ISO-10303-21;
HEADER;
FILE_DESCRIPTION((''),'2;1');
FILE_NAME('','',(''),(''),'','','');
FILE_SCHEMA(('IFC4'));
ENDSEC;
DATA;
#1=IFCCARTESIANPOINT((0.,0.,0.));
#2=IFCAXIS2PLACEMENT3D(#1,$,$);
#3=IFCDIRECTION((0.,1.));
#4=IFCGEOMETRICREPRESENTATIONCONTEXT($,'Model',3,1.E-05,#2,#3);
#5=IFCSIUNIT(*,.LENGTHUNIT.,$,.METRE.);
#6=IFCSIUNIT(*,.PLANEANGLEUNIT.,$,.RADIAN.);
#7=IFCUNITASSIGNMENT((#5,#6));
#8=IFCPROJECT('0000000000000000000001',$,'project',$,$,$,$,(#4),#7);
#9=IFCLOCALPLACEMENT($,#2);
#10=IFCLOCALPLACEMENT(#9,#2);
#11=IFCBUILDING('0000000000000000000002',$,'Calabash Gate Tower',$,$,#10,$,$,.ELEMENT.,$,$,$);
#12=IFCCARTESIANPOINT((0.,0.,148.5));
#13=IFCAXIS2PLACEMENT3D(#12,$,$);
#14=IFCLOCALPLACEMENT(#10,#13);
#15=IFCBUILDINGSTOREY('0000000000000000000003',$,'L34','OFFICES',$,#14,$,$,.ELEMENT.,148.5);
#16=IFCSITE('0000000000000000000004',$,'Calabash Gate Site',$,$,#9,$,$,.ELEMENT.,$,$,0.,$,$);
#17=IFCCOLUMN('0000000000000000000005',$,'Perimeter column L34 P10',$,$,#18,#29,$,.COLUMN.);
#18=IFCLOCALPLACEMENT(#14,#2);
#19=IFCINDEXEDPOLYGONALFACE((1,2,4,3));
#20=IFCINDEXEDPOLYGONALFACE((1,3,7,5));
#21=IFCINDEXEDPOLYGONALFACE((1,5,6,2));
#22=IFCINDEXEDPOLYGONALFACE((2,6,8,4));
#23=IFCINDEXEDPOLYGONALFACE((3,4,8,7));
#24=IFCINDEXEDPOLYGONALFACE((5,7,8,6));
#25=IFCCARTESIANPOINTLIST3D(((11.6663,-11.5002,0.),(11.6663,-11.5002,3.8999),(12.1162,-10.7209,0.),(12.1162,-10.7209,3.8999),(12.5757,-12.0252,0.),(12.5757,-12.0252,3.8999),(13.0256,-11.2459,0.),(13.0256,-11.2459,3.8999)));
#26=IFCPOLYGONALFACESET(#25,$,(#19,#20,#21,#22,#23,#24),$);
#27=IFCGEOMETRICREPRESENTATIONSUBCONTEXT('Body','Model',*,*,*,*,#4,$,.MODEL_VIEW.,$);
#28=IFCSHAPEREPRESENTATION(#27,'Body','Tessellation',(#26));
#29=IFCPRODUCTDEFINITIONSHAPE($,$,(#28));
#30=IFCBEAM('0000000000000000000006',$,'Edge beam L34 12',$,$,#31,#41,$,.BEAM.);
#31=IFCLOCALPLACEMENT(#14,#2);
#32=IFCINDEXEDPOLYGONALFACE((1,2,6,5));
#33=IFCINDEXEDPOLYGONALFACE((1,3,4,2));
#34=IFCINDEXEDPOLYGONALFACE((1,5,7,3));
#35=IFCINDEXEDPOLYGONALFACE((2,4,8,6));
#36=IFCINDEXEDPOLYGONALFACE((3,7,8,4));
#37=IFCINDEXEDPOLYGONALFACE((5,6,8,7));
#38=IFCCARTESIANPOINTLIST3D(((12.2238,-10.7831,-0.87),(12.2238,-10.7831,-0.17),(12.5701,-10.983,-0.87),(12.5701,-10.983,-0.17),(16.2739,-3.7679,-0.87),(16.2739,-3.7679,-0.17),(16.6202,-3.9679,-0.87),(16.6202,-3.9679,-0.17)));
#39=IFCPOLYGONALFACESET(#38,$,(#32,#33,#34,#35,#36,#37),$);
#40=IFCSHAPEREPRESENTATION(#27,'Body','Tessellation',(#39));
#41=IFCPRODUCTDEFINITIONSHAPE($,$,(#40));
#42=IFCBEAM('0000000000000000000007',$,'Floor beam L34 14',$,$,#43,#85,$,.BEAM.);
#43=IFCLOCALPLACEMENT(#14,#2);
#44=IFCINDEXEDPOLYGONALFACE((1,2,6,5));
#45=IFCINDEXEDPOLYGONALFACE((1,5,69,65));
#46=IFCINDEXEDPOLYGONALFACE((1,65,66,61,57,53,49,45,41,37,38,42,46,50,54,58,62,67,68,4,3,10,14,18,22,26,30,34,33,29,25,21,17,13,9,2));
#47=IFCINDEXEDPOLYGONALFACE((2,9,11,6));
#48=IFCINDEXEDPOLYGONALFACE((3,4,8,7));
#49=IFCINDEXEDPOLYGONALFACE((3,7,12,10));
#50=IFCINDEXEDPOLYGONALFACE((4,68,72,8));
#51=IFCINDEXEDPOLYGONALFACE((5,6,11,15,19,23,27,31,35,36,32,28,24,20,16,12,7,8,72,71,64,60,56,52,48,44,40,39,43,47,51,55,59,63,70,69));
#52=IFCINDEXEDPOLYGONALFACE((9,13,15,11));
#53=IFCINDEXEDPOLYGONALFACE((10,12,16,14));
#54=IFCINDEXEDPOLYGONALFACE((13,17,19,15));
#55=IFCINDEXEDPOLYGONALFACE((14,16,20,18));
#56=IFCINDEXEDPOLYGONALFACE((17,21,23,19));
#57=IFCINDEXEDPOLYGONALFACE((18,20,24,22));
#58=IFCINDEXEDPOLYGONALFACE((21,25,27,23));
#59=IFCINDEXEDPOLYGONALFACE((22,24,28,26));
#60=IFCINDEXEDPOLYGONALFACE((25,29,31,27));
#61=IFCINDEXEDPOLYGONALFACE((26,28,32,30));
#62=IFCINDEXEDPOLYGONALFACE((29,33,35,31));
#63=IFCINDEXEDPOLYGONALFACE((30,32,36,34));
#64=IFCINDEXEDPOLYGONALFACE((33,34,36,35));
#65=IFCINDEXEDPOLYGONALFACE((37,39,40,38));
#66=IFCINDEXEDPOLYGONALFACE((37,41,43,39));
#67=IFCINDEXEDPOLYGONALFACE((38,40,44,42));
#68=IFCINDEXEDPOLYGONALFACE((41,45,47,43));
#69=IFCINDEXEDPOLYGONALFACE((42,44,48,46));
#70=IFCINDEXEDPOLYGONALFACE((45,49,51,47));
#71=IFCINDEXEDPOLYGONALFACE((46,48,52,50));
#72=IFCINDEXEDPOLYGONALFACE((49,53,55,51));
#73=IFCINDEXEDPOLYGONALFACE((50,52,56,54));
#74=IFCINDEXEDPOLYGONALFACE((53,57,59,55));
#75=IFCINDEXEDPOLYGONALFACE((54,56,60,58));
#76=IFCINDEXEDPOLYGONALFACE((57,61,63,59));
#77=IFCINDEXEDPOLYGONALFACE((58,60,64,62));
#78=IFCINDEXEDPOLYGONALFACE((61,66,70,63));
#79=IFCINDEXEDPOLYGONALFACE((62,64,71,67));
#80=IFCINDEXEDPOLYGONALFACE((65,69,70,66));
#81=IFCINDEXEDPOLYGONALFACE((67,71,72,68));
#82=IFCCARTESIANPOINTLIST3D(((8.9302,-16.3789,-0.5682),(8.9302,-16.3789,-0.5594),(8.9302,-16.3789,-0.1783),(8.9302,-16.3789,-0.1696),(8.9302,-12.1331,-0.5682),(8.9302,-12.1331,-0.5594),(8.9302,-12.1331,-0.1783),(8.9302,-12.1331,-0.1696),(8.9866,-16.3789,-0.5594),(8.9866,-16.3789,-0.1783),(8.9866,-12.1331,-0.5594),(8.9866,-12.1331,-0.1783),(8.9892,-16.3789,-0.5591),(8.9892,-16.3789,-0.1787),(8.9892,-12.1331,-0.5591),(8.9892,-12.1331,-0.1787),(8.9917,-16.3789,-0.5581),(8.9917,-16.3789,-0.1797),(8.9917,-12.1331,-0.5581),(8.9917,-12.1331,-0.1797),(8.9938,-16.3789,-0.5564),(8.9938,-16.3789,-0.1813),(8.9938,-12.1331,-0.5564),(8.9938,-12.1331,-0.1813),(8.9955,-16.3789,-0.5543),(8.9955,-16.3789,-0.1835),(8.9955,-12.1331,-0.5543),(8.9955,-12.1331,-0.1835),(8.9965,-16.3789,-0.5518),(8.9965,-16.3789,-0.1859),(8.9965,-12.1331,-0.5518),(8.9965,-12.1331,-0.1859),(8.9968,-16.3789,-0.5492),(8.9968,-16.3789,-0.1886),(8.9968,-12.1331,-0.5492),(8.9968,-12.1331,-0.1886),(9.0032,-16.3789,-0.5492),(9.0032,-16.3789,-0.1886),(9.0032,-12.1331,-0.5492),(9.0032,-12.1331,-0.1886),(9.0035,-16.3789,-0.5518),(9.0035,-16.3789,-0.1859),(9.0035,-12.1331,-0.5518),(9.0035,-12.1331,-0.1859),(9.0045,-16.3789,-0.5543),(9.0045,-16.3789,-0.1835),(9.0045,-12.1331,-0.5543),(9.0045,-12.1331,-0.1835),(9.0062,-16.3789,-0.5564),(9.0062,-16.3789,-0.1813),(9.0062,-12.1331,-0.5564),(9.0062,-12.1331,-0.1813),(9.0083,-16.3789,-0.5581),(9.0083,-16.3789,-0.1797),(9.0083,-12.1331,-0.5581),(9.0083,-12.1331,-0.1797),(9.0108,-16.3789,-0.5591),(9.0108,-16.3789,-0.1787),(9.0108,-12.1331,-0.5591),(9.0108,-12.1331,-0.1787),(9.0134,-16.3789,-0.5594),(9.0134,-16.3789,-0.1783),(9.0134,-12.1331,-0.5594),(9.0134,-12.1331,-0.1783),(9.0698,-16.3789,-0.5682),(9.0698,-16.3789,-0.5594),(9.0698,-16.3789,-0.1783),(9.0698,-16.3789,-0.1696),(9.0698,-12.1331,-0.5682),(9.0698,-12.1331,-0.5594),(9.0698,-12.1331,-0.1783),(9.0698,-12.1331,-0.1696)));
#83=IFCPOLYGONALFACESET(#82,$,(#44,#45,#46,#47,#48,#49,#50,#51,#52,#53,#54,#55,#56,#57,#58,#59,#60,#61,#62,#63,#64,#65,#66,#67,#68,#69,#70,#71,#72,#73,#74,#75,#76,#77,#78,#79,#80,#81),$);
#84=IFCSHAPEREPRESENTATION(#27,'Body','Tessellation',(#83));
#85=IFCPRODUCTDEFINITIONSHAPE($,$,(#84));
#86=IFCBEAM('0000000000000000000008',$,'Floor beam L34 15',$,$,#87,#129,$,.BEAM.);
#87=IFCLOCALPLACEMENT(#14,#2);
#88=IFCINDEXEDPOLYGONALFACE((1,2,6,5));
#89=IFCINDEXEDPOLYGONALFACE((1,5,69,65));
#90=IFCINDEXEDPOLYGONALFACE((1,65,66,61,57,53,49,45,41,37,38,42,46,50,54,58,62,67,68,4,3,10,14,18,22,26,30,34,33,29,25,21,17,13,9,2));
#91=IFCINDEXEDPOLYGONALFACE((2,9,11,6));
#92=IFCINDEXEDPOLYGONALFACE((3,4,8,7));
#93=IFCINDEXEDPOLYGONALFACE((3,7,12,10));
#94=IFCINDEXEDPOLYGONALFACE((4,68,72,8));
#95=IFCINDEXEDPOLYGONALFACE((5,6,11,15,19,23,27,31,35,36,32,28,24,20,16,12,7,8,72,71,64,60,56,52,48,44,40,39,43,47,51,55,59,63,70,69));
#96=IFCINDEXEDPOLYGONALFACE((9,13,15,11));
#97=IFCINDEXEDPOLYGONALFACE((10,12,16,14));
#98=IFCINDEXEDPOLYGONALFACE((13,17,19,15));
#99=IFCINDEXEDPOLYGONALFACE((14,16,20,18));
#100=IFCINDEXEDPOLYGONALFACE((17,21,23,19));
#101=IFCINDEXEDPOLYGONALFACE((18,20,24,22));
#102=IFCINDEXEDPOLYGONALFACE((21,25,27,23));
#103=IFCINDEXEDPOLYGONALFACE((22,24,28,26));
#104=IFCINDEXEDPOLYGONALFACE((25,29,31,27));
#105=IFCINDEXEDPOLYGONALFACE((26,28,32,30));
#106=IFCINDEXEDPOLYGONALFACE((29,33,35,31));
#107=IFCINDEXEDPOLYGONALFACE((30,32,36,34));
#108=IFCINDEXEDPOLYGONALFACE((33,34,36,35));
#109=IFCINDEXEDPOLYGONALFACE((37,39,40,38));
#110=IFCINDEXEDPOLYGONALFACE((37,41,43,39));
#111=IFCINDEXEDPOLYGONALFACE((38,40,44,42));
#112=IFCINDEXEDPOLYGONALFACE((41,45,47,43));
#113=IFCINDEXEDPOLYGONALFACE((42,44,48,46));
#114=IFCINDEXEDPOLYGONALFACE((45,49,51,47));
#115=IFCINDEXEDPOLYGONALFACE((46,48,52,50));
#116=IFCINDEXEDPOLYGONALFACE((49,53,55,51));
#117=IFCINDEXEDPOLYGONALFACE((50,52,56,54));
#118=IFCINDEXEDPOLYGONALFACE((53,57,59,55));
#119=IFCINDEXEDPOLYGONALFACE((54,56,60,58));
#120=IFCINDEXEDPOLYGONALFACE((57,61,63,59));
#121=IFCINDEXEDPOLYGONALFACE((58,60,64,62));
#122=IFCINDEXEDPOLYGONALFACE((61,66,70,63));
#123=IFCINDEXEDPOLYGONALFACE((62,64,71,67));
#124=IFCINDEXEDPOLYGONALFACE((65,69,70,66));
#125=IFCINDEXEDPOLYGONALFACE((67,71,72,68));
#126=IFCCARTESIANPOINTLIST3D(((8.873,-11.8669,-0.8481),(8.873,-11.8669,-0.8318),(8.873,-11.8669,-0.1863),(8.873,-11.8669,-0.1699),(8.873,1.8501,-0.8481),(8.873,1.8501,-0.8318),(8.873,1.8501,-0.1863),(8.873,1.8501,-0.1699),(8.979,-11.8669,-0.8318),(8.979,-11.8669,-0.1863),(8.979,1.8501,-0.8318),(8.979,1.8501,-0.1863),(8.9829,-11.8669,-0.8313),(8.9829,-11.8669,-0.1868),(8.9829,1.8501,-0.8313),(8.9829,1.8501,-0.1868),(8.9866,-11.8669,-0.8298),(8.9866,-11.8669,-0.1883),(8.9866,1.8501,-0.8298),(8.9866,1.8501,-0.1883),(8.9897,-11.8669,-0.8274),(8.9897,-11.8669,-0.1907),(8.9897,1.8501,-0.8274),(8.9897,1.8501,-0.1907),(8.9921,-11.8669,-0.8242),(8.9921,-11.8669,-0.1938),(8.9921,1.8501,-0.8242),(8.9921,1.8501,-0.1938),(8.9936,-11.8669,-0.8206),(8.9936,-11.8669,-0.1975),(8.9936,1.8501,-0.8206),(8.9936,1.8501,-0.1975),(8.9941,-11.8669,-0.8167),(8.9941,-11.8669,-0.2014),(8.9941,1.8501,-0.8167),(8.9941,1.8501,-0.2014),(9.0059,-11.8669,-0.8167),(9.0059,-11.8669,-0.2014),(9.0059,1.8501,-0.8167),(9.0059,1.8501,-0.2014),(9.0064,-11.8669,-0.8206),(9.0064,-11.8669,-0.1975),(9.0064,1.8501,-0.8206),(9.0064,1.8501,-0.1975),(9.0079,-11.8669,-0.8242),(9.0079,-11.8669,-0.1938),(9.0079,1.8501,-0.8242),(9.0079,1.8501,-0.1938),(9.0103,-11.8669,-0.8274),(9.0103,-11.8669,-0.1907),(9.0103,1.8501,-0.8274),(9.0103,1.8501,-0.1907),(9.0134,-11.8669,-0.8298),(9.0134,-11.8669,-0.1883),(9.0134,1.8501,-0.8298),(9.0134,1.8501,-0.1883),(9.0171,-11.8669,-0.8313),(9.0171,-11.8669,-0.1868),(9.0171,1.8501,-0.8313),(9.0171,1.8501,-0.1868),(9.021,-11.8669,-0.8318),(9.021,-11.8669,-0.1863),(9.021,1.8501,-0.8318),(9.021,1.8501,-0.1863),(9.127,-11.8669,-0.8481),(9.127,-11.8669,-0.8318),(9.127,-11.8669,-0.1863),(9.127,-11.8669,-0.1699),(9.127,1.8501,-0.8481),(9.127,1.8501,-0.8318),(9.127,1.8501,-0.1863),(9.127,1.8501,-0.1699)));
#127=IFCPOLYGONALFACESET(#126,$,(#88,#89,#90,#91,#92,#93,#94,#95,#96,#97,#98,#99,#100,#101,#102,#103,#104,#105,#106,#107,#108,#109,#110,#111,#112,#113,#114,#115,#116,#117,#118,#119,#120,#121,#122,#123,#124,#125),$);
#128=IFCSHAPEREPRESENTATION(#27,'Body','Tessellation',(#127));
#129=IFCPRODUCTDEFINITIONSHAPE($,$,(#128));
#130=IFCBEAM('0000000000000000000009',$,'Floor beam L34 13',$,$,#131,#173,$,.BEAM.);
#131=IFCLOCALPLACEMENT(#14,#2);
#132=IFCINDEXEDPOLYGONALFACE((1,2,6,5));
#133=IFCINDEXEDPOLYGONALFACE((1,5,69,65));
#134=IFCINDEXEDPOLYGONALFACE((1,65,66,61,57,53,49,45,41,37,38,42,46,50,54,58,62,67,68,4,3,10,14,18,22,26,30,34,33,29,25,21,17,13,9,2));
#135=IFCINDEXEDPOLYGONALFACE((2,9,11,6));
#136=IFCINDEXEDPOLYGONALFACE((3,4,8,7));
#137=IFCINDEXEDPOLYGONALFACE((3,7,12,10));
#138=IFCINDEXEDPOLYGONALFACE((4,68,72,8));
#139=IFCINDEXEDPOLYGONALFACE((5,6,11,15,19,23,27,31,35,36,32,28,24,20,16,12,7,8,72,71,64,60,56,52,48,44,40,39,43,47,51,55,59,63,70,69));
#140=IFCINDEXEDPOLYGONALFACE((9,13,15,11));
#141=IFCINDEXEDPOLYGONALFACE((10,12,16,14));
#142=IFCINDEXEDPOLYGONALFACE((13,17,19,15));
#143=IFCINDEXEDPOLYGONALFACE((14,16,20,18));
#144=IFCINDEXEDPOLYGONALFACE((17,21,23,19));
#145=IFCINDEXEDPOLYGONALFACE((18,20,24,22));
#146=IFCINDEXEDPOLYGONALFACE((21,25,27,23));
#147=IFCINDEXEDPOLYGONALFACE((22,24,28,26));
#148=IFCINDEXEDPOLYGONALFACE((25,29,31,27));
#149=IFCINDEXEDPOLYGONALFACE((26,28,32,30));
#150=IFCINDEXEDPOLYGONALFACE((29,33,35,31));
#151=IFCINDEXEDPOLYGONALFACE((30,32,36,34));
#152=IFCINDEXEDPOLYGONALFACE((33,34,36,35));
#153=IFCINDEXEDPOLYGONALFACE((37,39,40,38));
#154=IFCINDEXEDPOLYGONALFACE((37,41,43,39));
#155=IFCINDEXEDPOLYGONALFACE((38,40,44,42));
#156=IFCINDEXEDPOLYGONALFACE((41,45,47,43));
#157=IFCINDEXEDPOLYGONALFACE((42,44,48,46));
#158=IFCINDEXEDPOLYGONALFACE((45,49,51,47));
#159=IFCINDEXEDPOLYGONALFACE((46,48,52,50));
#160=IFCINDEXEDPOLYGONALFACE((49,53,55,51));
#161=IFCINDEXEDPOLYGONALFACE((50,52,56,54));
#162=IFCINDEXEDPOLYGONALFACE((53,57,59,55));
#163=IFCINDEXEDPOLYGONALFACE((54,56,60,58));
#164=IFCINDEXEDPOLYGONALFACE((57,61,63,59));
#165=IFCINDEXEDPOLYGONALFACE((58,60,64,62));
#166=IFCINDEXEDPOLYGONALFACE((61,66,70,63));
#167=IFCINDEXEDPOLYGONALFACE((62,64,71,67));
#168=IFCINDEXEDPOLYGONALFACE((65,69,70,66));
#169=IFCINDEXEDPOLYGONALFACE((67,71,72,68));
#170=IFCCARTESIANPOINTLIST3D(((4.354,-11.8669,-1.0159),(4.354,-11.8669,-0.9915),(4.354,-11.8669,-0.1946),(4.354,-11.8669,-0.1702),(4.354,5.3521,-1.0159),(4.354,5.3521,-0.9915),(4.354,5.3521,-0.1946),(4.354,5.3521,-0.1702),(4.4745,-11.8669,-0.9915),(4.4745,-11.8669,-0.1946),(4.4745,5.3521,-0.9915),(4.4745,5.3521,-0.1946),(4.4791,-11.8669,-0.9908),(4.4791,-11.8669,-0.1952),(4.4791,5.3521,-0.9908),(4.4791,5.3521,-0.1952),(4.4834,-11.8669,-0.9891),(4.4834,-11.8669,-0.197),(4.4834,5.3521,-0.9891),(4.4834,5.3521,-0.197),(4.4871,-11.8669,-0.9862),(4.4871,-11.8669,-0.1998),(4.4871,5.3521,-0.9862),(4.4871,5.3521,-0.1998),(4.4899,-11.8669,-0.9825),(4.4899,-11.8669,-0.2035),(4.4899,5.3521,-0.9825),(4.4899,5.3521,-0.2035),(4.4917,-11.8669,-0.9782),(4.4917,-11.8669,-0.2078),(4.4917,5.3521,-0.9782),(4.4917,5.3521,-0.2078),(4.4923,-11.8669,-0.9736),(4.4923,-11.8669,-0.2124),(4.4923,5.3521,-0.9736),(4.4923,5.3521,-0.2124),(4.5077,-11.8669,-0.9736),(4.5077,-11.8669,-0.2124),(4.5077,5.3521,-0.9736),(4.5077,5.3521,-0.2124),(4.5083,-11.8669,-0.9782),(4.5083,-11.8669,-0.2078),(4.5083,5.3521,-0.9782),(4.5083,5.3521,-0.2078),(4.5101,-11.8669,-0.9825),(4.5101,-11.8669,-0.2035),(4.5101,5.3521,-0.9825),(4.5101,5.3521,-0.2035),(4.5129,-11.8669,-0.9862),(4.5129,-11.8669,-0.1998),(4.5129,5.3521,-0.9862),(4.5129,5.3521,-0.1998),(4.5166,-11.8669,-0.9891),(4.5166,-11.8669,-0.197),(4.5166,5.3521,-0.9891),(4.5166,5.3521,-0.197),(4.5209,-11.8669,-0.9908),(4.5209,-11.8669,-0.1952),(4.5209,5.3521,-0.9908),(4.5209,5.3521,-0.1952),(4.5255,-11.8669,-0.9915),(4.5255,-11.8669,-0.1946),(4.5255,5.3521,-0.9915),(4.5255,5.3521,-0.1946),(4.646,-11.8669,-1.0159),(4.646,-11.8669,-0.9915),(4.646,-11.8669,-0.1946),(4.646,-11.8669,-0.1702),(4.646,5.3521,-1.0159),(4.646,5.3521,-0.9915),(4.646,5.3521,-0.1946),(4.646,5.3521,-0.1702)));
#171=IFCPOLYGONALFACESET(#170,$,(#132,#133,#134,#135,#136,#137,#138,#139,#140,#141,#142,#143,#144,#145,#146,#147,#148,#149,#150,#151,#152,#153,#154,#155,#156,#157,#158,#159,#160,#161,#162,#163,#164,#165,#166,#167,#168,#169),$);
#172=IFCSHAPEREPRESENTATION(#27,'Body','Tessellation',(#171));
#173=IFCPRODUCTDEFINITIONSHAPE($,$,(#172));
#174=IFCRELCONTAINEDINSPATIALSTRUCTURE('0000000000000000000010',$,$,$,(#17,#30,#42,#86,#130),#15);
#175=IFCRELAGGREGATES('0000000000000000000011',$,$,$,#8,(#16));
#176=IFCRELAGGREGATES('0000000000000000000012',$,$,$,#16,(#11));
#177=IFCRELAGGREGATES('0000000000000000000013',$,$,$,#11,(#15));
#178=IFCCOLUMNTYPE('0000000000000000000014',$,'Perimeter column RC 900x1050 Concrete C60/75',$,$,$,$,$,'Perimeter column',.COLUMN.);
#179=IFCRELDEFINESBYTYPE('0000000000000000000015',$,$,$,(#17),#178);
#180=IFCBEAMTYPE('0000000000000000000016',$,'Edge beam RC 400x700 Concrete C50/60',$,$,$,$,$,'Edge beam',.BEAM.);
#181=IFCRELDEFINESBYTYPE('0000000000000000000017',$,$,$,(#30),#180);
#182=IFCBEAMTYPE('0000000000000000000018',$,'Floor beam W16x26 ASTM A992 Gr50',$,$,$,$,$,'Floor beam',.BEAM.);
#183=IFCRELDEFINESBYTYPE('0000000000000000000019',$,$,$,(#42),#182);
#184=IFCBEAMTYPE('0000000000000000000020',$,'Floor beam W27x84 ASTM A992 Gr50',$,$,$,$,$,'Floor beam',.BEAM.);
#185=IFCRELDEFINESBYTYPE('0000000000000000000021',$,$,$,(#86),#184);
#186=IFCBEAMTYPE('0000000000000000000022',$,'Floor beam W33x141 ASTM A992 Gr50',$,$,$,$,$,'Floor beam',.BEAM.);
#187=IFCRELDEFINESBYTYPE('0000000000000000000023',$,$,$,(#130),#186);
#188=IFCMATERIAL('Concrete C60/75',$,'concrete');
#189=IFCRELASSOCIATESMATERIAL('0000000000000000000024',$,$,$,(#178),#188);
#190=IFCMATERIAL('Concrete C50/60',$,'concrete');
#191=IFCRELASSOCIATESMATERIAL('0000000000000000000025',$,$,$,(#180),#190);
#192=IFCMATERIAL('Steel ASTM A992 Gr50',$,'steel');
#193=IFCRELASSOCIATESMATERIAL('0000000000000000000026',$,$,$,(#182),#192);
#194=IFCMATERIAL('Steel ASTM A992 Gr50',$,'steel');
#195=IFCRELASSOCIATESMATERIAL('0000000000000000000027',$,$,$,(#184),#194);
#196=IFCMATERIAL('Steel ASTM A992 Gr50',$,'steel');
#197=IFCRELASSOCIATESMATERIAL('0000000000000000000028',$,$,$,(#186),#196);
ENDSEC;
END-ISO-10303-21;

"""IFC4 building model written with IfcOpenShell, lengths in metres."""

from ifc_helpers import new_model, si_unit, direction, frame, origin, origin_2d, place, context, subcontext, project, spatial, rectangle, i_section, extrude, material, material_profile, profile_set, type_object, element, save


model = new_model("IFC4")

# Units and contexts
model_context = context("Model", 3, precision=1e-05, world=origin(), true_north=direction((0.0, 1.0)))
body_context = subcontext(model_context, "Body", "Model", "MODEL_VIEW")
ifc_project = project(units=[si_unit("LENGTHUNIT", "METRE"), si_unit("PLANEANGLEUNIT", "RADIAN")], contexts=[model_context])

# Site, building, storey
site_placement = place(None, origin())
site = spatial("IfcSite", under=ifc_project, at=site_placement, Name="Calabash Gate Site", CompositionType="ELEMENT", RefElevation=0.0)
building_placement = place(site_placement, origin())
building = spatial("IfcBuilding", under=site, at=building_placement, Name="Calabash Gate Tower", CompositionType="ELEMENT")
storey_placement = place(building_placement, frame((0.0, 0.0, 148.5)))
storey = spatial("IfcBuildingStorey", under=building, at=storey_placement, Name="L34", Description="OFFICES", CompositionType="ELEMENT", Elevation=148.5)

# Column
ifc_material_1 = material(Name="Concrete C60/75", Category="concrete")
ifc_material_profile_1 = material_profile(ifc_material_1, rectangle(XDim=0.8999, YDim=1.05, at=origin_2d()))
ifc_profile_set_1 = profile_set([ifc_material_profile_1], Name="Concrete C60/75")
column_type = type_object("IfcColumnType", Name="Perimeter column RC 900x1050 Concrete C60/75", ElementType="Perimeter column", PredefinedType="COLUMN", material=ifc_profile_set_1)
column_placement = place(storey_placement, frame((12.3459, -11.373, 0.0), z_axis=(0.0, 0.0, 1.0), x_axis=(0.5, 0.866025, 0.0)))
element("IfcColumn", 1, at=column_placement, inside=storey, type_object=column_type, Name="Perimeter column L34 P10", PredefinedType="COLUMN", context=body_context, shape_type="SweptSolid", body=[
    extrude(rectangle(XDim=0.8999, YDim=1.05, at=origin_2d()), origin(), (0.0, 0.0, 1.0), 3.8999),
])

# Beams
ifc_material_2 = material(Name="Concrete C50/60", Category="concrete")
ifc_material_profile_2 = material_profile(ifc_material_2, rectangle(XDim=0.3999, YDim=0.7, at=origin_2d()))
ifc_profile_set_2 = profile_set([ifc_material_profile_2], Name="Concrete C50/60")
beam_type_1 = type_object("IfcBeamType", Name="Edge beam RC 400x700 Concrete C50/60", ElementType="Edge beam", PredefinedType="BEAM", material=ifc_profile_set_2)
beam_1_placement = place(storey_placement, frame((12.397, -10.8831, -0.52), z_axis=(0.499987, 0.866033, 0.0), x_axis=(-0.866033, 0.499987, 0.0)))
element("IfcBeam", 2, at=beam_1_placement, inside=storey, type_object=beam_type_1, Name="Edge beam L34 12", PredefinedType="BEAM", context=body_context, shape_type="SweptSolid", body=[
    extrude(rectangle(XDim=0.3999, YDim=0.7, at=origin_2d()), origin(), (0.0, 0.0, 1.0), 8.1003),
])
ifc_material_3 = material(Name="Steel ASTM A992 Gr50", Category="steel")
ifc_material_profile_3 = material_profile(ifc_material_3, i_section(OverallWidth=0.1396, OverallDepth=0.3987, WebThickness=0.0063, FlangeThickness=0.0088, FilletRadius=0.0103, at=origin_2d()))
ifc_profile_set_3 = profile_set([ifc_material_profile_3], Name="Steel ASTM A992 Gr50")
beam_type_2 = type_object("IfcBeamType", Name="Floor beam W16x26 ASTM A992 Gr50", ElementType="Floor beam", PredefinedType="BEAM", material=ifc_profile_set_3)
beam_2_placement = place(storey_placement, frame((9.0, -16.3789, -0.3689), z_axis=(0.0, 1.0, 0.0), x_axis=(-1.0, 0.0, 0.0)))
element("IfcBeam", 3, at=beam_2_placement, inside=storey, type_object=beam_type_2, Name="Floor beam L34 14", PredefinedType="BEAM", context=body_context, shape_type="SweptSolid", body=[
    extrude(i_section(OverallWidth=0.1396, OverallDepth=0.3987, WebThickness=0.0063, FlangeThickness=0.0088, FilletRadius=0.0103, at=origin_2d()), origin(), (0.0, 0.0, 1.0), 4.2458),
])
ifc_material_4 = material(Name="Steel ASTM A992 Gr50", Category="steel")
ifc_material_profile_4 = material_profile(ifc_material_4, i_section(OverallWidth=0.2539, OverallDepth=0.6782, WebThickness=0.0117, FlangeThickness=0.0164, FilletRadius=0.0151, at=origin_2d()))
ifc_profile_set_4 = profile_set([ifc_material_profile_4], Name="Steel ASTM A992 Gr50")
beam_type_3 = type_object("IfcBeamType", Name="Floor beam W27x84 ASTM A992 Gr50", ElementType="Floor beam", PredefinedType="BEAM", material=ifc_profile_set_4)
beam_3_placement = place(storey_placement, frame((9.0, -11.8669, -0.509), z_axis=(0.0, 1.0, 0.0), x_axis=(-1.0, 0.0, 0.0)))
element("IfcBeam", 4, at=beam_3_placement, inside=storey, type_object=beam_type_3, Name="Floor beam L34 15", PredefinedType="BEAM", context=body_context, shape_type="SweptSolid", body=[
    extrude(i_section(OverallWidth=0.2539, OverallDepth=0.6782, WebThickness=0.0117, FlangeThickness=0.0164, FilletRadius=0.0151, at=origin_2d()), origin(), (0.0, 0.0, 1.0), 13.717),
])
ifc_material_5 = material(Name="Steel ASTM A992 Gr50", Category="steel")
ifc_material_profile_5 = material_profile(ifc_material_5, i_section(OverallWidth=0.292, OverallDepth=0.8457, WebThickness=0.0154, FlangeThickness=0.0244, FilletRadius=0.0178, at=origin_2d()))
ifc_profile_set_5 = profile_set([ifc_material_profile_5], Name="Steel ASTM A992 Gr50")
beam_type_4 = type_object("IfcBeamType", Name="Floor beam W33x141 ASTM A992 Gr50", ElementType="Floor beam", PredefinedType="BEAM", material=ifc_profile_set_5)
beam_4_placement = place(storey_placement, frame((4.5, -11.8669, -0.593), z_axis=(0.0, 1.0, 0.0), x_axis=(-1.0, 0.0, 0.0)))
element("IfcBeam", 5, at=beam_4_placement, inside=storey, type_object=beam_type_4, Name="Floor beam L34 13", PredefinedType="BEAM", context=body_context, shape_type="SweptSolid", body=[
    extrude(i_section(OverallWidth=0.292, OverallDepth=0.8457, WebThickness=0.0154, FlangeThickness=0.0244, FilletRadius=0.0178, at=origin_2d()), origin(), (0.0, 0.0, 1.0), 17.219),
])

save(model, "model.ifc")
